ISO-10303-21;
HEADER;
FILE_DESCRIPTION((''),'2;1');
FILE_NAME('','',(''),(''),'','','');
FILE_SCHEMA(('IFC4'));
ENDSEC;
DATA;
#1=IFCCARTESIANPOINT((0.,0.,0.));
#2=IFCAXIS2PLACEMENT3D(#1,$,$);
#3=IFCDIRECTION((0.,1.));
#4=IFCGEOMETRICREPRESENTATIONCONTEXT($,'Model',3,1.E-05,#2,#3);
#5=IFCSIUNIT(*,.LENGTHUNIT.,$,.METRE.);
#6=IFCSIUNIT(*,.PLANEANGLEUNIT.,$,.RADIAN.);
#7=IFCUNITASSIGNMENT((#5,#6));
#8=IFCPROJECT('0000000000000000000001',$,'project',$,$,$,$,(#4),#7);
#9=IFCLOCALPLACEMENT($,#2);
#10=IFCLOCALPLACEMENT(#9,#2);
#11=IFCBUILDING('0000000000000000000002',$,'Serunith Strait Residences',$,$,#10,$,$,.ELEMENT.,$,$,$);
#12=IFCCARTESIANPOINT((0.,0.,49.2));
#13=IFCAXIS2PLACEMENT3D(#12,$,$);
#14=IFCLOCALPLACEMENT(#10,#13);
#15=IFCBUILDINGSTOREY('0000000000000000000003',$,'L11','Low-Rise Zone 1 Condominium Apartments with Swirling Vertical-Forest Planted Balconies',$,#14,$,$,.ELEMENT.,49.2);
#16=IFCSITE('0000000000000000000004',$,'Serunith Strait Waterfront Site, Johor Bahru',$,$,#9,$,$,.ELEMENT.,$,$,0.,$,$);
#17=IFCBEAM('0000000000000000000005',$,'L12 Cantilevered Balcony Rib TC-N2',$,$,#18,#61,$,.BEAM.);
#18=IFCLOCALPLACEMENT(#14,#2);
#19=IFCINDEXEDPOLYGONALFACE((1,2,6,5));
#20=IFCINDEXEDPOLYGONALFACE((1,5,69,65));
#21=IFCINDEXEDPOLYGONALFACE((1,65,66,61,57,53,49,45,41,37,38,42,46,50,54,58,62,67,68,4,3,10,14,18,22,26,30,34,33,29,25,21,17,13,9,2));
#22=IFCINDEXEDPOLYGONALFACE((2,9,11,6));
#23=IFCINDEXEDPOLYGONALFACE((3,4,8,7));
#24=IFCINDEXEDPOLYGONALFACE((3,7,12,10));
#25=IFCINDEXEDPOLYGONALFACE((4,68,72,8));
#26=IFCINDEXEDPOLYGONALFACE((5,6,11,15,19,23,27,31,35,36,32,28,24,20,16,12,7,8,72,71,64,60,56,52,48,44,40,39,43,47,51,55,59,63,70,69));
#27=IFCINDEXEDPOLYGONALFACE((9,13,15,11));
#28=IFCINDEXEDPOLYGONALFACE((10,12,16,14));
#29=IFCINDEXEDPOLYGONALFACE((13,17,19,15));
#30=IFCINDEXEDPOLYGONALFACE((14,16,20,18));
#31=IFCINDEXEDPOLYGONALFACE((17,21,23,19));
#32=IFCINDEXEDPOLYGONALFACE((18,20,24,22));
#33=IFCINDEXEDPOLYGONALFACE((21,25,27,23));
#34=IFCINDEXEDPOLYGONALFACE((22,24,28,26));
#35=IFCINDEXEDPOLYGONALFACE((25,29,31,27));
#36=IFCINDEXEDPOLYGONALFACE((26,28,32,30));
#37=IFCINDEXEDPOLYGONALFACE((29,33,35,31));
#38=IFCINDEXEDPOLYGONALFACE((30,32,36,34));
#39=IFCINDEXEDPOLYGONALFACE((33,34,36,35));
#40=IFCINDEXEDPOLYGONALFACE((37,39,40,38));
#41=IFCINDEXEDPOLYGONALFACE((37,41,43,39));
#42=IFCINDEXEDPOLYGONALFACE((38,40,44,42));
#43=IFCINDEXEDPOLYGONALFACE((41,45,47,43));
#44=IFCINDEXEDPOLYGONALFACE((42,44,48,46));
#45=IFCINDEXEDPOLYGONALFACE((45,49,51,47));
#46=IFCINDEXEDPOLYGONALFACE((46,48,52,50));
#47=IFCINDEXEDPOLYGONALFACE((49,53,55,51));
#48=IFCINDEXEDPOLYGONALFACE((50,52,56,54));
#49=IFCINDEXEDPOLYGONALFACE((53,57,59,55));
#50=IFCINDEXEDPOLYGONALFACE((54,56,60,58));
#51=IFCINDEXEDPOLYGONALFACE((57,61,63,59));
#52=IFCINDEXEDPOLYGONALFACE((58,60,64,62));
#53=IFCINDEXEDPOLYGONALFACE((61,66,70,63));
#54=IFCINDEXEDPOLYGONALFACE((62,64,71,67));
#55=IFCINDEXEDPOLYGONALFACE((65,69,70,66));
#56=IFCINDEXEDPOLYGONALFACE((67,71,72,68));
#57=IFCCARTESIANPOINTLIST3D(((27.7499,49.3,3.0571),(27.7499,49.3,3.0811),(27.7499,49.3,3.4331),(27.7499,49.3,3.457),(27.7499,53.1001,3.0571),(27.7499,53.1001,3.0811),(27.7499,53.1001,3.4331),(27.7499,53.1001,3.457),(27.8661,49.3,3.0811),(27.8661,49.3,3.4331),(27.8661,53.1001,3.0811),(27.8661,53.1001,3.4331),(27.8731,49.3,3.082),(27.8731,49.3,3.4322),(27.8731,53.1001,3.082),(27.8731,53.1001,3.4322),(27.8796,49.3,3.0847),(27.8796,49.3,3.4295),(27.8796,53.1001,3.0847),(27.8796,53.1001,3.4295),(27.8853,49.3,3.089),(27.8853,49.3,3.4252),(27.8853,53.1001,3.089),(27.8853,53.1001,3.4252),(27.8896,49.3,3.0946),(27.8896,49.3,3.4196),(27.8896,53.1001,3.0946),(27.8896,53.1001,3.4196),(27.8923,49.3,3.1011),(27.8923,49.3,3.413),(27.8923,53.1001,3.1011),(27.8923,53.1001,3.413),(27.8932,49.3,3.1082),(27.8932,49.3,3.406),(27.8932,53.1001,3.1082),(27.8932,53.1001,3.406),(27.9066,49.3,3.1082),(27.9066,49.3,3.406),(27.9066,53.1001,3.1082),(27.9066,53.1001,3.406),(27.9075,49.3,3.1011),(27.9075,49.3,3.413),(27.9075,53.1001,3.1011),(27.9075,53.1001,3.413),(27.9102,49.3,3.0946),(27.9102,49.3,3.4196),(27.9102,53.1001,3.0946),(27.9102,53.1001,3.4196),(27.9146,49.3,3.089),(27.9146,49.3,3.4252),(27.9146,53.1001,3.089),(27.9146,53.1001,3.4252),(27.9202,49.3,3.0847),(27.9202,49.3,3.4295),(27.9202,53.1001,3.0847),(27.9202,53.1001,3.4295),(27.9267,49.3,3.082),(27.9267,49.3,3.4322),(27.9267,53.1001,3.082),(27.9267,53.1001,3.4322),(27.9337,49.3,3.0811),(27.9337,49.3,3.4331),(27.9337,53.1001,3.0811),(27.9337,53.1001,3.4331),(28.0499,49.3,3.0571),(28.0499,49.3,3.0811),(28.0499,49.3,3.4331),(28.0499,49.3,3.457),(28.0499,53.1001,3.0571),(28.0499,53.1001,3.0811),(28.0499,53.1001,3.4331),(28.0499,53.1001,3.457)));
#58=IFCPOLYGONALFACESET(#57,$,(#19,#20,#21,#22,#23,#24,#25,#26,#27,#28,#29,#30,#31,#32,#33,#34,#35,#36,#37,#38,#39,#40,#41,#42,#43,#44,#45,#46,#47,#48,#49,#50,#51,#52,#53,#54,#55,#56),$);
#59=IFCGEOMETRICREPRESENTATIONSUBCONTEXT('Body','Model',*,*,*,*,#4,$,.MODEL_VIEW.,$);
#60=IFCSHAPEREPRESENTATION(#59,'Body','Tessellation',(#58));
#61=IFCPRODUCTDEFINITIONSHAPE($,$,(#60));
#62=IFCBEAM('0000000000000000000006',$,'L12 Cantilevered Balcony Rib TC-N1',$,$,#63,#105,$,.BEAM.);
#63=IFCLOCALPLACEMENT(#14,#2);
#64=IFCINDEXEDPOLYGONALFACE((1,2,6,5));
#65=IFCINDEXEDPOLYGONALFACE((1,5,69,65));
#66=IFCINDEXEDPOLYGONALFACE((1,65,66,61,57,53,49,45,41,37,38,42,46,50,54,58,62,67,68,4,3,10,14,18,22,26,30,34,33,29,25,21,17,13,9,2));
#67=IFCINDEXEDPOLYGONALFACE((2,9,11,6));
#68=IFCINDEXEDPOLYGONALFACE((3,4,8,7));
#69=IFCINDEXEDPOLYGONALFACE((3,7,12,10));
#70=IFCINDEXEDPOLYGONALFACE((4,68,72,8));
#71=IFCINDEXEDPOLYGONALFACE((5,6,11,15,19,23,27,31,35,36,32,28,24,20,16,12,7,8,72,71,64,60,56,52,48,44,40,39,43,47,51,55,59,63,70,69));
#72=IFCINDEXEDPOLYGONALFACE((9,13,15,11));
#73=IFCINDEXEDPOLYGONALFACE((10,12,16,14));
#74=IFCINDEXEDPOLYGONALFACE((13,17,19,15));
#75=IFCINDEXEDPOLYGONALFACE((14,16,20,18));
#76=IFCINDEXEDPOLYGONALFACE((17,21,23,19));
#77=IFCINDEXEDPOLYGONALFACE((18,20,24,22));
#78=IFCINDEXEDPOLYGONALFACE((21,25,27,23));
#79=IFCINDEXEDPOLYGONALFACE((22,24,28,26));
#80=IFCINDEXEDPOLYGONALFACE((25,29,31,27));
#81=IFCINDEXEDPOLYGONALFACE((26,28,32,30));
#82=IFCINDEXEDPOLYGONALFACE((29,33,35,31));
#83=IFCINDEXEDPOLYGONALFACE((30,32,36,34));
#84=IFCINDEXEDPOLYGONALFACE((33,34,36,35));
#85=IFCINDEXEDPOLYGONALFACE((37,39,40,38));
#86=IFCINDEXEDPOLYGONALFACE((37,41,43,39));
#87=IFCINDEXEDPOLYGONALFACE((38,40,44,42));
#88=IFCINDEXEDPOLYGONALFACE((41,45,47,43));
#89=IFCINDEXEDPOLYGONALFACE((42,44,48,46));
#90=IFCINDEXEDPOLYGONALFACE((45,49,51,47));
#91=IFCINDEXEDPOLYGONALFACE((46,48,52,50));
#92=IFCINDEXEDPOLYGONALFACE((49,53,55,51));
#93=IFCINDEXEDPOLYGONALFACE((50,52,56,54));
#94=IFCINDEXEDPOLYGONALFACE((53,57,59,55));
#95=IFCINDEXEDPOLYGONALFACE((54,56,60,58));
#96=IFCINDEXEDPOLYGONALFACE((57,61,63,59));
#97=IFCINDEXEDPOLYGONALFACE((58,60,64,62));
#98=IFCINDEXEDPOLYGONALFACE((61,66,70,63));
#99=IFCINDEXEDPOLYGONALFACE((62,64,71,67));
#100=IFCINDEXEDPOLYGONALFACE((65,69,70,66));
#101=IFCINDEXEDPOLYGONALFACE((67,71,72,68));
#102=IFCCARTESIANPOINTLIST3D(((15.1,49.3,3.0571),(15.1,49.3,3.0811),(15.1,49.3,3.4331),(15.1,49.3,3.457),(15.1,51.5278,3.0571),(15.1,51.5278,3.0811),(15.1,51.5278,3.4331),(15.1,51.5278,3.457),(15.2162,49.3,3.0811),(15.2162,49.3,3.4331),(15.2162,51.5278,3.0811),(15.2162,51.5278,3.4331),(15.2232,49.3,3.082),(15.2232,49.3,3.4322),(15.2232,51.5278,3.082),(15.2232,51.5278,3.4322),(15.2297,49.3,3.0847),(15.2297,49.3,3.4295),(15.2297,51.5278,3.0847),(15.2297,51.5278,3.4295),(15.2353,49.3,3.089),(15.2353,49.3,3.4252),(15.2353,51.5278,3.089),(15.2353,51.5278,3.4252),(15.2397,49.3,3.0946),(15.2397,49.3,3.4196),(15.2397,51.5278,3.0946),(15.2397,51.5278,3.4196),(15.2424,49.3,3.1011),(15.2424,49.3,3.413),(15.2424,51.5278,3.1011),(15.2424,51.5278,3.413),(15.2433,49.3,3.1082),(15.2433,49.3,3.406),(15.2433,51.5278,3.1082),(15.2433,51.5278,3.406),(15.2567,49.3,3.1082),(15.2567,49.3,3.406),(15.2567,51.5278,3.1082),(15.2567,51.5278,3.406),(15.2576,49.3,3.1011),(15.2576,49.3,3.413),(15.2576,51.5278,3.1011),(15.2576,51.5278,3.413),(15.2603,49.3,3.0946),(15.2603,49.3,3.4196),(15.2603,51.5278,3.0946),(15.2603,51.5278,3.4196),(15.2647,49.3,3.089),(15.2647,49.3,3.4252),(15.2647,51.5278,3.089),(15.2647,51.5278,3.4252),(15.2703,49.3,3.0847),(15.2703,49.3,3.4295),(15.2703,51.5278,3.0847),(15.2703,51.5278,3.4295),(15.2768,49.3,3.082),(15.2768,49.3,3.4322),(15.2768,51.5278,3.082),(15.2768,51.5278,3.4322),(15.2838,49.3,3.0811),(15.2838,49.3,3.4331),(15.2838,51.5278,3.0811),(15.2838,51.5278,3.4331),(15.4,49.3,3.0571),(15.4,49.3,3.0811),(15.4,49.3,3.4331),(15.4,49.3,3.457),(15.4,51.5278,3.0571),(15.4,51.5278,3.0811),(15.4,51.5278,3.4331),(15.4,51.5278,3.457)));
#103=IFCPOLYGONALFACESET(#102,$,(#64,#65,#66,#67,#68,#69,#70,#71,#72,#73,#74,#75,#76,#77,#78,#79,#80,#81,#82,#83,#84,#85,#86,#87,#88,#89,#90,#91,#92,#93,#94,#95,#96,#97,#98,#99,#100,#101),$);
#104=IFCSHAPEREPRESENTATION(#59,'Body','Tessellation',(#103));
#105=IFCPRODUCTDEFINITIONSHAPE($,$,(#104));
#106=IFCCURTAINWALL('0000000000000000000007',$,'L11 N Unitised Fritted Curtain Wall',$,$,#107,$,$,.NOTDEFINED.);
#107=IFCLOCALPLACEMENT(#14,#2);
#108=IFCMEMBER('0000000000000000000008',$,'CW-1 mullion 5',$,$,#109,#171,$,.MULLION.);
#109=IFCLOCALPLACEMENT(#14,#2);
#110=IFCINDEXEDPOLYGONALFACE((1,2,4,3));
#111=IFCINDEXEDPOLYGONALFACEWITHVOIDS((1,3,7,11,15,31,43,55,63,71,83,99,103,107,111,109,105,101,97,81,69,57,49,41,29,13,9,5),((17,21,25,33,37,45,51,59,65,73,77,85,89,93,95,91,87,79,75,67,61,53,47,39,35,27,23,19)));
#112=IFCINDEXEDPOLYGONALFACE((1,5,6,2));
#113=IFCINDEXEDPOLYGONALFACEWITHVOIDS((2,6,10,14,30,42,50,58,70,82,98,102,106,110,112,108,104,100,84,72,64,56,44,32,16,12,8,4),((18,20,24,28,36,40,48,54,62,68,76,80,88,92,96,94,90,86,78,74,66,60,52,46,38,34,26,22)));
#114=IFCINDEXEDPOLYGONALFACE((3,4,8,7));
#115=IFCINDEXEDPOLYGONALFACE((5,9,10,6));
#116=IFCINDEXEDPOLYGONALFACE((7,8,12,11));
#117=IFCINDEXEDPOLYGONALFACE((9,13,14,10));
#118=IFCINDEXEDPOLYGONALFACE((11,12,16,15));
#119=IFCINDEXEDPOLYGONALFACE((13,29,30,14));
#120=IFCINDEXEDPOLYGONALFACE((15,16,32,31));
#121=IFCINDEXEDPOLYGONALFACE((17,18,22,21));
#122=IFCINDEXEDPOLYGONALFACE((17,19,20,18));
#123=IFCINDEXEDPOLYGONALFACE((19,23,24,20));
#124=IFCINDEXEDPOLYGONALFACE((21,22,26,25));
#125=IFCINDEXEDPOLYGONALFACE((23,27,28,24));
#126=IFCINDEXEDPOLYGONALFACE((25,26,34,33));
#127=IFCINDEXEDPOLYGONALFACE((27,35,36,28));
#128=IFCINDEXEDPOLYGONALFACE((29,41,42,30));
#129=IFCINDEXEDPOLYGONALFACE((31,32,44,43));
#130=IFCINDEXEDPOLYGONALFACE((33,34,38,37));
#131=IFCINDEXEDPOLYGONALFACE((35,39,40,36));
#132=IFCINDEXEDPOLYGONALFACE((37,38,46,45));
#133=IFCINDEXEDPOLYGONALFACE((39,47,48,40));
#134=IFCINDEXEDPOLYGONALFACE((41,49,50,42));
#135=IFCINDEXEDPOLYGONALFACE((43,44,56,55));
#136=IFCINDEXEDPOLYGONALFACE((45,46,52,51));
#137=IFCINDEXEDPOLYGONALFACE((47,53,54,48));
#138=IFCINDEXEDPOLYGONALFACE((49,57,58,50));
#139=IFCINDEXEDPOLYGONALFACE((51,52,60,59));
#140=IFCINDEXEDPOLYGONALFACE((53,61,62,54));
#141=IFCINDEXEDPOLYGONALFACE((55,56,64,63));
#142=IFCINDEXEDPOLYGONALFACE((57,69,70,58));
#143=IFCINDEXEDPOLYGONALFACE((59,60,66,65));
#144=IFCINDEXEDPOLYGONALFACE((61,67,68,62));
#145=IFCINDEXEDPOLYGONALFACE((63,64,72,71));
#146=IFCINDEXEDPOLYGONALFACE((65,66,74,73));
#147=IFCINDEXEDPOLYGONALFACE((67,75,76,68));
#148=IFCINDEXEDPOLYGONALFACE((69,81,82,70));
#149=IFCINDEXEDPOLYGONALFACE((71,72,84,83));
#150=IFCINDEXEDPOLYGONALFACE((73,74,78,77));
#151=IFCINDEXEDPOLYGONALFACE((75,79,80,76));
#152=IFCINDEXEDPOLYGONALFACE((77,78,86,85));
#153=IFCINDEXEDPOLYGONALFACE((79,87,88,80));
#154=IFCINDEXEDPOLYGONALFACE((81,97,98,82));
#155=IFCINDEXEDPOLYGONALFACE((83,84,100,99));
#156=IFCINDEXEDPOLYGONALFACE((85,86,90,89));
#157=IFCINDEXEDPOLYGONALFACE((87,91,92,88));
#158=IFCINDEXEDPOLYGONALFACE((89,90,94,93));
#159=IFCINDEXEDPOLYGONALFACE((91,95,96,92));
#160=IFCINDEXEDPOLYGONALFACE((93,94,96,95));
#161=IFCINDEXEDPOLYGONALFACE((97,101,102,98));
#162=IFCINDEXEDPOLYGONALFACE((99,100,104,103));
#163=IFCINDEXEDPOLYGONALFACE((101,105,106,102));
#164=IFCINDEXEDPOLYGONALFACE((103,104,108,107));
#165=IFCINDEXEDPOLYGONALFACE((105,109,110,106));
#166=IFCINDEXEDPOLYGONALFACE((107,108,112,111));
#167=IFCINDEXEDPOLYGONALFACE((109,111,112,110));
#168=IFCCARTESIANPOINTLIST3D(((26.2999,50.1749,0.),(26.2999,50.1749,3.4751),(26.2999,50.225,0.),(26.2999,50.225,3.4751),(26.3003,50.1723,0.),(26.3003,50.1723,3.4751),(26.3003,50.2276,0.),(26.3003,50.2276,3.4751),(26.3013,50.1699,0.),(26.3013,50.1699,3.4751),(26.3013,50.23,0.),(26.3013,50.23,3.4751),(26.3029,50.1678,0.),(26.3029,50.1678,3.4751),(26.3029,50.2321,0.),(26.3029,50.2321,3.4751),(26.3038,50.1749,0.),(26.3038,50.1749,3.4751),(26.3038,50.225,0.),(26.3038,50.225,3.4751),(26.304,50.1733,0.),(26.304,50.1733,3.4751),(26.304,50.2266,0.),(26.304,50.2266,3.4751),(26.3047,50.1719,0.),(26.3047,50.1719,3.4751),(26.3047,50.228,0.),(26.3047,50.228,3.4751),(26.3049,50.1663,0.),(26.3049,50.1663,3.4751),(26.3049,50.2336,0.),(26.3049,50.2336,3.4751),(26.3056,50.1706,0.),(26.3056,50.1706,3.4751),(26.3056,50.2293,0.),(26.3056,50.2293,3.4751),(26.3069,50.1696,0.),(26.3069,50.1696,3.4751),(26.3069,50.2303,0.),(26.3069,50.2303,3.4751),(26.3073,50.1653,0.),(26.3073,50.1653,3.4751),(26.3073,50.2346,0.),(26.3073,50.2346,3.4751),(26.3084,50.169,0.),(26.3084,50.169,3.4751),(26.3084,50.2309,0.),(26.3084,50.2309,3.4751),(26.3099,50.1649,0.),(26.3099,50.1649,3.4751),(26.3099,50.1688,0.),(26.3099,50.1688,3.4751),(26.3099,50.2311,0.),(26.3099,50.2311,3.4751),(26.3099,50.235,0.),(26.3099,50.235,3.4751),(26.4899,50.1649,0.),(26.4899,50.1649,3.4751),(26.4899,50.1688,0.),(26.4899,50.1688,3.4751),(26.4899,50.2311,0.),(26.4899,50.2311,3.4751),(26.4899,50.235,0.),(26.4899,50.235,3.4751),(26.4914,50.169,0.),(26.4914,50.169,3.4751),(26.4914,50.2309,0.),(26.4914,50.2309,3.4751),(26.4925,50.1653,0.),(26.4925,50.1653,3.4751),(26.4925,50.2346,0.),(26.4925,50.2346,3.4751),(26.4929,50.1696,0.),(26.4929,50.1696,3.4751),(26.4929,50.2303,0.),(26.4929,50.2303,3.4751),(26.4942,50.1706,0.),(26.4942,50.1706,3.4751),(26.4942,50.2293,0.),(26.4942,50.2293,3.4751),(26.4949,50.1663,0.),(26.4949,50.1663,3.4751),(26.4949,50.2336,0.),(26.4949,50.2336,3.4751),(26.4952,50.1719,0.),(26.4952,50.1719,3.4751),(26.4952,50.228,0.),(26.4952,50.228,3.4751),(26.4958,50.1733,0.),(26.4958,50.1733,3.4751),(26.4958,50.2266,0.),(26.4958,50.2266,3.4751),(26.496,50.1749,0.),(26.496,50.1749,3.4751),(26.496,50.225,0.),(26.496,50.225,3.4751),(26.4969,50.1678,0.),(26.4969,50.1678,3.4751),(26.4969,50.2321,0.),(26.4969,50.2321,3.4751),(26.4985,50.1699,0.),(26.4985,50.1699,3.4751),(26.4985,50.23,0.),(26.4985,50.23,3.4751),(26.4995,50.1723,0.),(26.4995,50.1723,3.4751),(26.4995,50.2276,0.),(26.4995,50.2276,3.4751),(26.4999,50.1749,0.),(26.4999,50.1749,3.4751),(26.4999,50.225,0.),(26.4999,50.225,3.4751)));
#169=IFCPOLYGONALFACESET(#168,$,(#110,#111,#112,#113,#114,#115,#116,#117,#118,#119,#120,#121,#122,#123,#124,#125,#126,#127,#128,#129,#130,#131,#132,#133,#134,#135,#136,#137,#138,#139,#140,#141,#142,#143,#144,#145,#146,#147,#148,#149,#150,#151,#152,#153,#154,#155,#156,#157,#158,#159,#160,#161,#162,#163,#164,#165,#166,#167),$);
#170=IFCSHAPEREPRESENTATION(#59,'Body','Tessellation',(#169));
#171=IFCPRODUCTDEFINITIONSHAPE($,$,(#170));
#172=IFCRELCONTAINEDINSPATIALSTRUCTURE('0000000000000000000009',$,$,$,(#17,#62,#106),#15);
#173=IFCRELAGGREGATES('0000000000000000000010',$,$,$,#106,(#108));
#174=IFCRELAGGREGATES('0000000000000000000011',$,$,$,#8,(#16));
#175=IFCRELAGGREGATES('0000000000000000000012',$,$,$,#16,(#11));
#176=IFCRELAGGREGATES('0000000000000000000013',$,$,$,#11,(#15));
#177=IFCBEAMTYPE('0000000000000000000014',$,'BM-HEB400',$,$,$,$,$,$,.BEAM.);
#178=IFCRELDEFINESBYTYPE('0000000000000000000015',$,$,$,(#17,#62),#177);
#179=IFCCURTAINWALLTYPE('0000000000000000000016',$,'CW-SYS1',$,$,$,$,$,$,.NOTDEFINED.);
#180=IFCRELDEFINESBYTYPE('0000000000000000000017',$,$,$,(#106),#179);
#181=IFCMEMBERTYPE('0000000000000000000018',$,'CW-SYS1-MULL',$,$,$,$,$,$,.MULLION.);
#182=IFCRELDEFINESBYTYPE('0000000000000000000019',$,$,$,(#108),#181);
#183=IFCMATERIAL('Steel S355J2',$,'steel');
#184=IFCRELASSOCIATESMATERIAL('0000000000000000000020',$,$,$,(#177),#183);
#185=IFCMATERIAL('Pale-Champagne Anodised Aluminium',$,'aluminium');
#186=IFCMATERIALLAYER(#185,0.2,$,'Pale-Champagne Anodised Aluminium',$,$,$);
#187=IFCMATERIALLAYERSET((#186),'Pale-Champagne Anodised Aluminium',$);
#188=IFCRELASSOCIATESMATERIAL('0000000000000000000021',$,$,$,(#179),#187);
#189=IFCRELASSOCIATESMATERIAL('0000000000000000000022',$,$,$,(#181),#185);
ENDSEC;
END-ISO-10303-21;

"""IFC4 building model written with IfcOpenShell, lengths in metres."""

from ifc_helpers import new_model, si_unit, direction, frame, origin, origin_2d, place, context, subcontext, project, spatial, hollow_rectangle, i_section, extrude, source, transform, mapped, material, layer, layer_set, material_profile, profile_set, type_object, element, aggregate, save


model = new_model("IFC4")

# Units and contexts
model_context = context("Model", 3, precision=1e-05, world=origin(), true_north=direction((0.0, 1.0)))
body_context = subcontext(model_context, "Body", "Model", "MODEL_VIEW")
ifc_project = project(units=[si_unit("LENGTHUNIT", "METRE"), si_unit("PLANEANGLEUNIT", "RADIAN")], contexts=[model_context])

# Site, building, storey
site_placement = place(None, origin())
site = spatial("IfcSite", under=ifc_project, at=site_placement, Name="Serunith Strait Waterfront Site, Johor Bahru", CompositionType="ELEMENT", RefElevation=0.0)
building_placement = place(site_placement, origin())
building = spatial("IfcBuilding", under=site, at=building_placement, Name="Serunith Strait Residences", CompositionType="ELEMENT")
storey_placement = place(building_placement, frame((0.0, 0.0, 49.2)))
storey = spatial("IfcBuildingStorey", under=building, at=storey_placement, Name="L11", Description="Low-Rise Zone 1 Condominium Apartments with Swirling Vertical-Forest Planted Balconies", CompositionType="ELEMENT", Elevation=49.2)

# Beams
ifc_material_1 = material(Name="Steel S355J2", Category="steel")
ifc_material_profile_1 = material_profile(ifc_material_1, i_section(OverallWidth=0.3, OverallDepth=0.3999, WebThickness=0.0134, FlangeThickness=0.0239, FilletRadius=0.0271, at=origin_2d()), Name="HEB 400")
ifc_profile_set_1 = profile_set([ifc_material_profile_1], Name="Steel S355J2")
beam_type_1 = type_object("IfcBeamType", Name="BM-HEB400", PredefinedType="BEAM", material=ifc_profile_set_1)
shared_shape_1 = source(origin(), body_context, "Body", "SweptSolid", [
    extrude(i_section(OverallWidth=0.3, OverallDepth=0.3999, WebThickness=0.0134, FlangeThickness=0.0239, FilletRadius=0.0271, at=origin_2d()), origin(), (0.0, 0.0, 1.0), 3.8),
])
beam_1_placement = place(storey_placement, frame((27.8999, 49.3, 3.2571), z_axis=(0.0, 1.0, 0.0), x_axis=(-1.0, 0.0, 0.0)))
element("IfcBeam", 1, at=beam_1_placement, inside=storey, type_object=beam_type_1, Name="L12 Cantilevered Balcony Rib TC-N2", PredefinedType="BEAM", context=body_context, shape_type="MappedRepresentation", body=[
    mapped(shared_shape_1, transform((0.0, 0.0, 0.0), scale=1.0)),
])
shared_shape_2 = source(origin(), body_context, "Body", "SweptSolid", [
    extrude(i_section(OverallWidth=0.3, OverallDepth=0.3999, WebThickness=0.0134, FlangeThickness=0.0239, FilletRadius=0.0271, at=origin_2d()), origin(), (0.0, 0.0, 1.0), 2.2278),
])
beam_2_placement = place(storey_placement, frame((15.25, 49.3, 3.2571), z_axis=(0.0, 1.0, 0.0), x_axis=(-1.0, 0.0, 0.0)))
element("IfcBeam", 2, at=beam_2_placement, inside=storey, type_object=beam_type_1, Name="L12 Cantilevered Balcony Rib TC-N1", PredefinedType="BEAM", context=body_context, shape_type="MappedRepresentation", body=[
    mapped(shared_shape_2, transform((0.0, 0.0, 0.0), scale=1.0)),
])

# Curtain wall, member
ifc_material_2 = material(Name="Pale-Champagne Anodised Aluminium", Category="aluminium")
ifc_layer_1 = layer(ifc_material_2, 0.2, Name="Pale-Champagne Anodised Aluminium")
ifc_layer_set_1 = layer_set([ifc_layer_1], Name="Pale-Champagne Anodised Aluminium")
curtain_wall_type = type_object("IfcCurtainWallType", Name="CW-SYS1", PredefinedType="NOTDEFINED", material=ifc_layer_set_1)
curtain_wall_placement = place(storey_placement, origin())
curtain_wall = element("IfcCurtainWall", 3, at=curtain_wall_placement, inside=storey, type_object=curtain_wall_type, Name="L11 N Unitised Fritted Curtain Wall", PredefinedType="NOTDEFINED")
ifc_material_profile_2 = material_profile(ifc_material_2, hollow_rectangle(XDim=0.0701, YDim=0.2, WallThickness=0.0039, InnerFilletRadius=0.0061, OuterFilletRadius=0.01, at=origin_2d()), Name="ALU 200x70x4")
ifc_profile_set_2 = profile_set([ifc_material_profile_2], Name="Pale-Champagne Anodised Aluminium")
member_type_1 = type_object("IfcMemberType", Name="CW-SYS1-MULL", PredefinedType="MULLION", material=ifc_profile_set_2)
shared_shape_3 = source(origin(), body_context, "Body", "SweptSolid", [
    extrude(hollow_rectangle(XDim=0.0701, YDim=0.2, WallThickness=0.0039, InnerFilletRadius=0.0061, OuterFilletRadius=0.01, at=origin_2d()), origin(), (0.0, 0.0, 1.0), 3.4751),
])
member_1_placement = place(storey_placement, frame((26.3999, 50.2, 0.0), z_axis=(0.0, 0.0, 1.0), x_axis=(0.0, -1.0, 0.0)))
member_1 = element("IfcMember", 4, at=member_1_placement, type_object=member_type_1, Name="CW-1 mullion 5", PredefinedType="MULLION", context=body_context, shape_type="MappedRepresentation", body=[
    mapped(shared_shape_3, transform((0.0, 0.0, 0.0), scale=1.0)),
])
aggregate(curtain_wall, [member_1])

save(model, "model.ifc")
